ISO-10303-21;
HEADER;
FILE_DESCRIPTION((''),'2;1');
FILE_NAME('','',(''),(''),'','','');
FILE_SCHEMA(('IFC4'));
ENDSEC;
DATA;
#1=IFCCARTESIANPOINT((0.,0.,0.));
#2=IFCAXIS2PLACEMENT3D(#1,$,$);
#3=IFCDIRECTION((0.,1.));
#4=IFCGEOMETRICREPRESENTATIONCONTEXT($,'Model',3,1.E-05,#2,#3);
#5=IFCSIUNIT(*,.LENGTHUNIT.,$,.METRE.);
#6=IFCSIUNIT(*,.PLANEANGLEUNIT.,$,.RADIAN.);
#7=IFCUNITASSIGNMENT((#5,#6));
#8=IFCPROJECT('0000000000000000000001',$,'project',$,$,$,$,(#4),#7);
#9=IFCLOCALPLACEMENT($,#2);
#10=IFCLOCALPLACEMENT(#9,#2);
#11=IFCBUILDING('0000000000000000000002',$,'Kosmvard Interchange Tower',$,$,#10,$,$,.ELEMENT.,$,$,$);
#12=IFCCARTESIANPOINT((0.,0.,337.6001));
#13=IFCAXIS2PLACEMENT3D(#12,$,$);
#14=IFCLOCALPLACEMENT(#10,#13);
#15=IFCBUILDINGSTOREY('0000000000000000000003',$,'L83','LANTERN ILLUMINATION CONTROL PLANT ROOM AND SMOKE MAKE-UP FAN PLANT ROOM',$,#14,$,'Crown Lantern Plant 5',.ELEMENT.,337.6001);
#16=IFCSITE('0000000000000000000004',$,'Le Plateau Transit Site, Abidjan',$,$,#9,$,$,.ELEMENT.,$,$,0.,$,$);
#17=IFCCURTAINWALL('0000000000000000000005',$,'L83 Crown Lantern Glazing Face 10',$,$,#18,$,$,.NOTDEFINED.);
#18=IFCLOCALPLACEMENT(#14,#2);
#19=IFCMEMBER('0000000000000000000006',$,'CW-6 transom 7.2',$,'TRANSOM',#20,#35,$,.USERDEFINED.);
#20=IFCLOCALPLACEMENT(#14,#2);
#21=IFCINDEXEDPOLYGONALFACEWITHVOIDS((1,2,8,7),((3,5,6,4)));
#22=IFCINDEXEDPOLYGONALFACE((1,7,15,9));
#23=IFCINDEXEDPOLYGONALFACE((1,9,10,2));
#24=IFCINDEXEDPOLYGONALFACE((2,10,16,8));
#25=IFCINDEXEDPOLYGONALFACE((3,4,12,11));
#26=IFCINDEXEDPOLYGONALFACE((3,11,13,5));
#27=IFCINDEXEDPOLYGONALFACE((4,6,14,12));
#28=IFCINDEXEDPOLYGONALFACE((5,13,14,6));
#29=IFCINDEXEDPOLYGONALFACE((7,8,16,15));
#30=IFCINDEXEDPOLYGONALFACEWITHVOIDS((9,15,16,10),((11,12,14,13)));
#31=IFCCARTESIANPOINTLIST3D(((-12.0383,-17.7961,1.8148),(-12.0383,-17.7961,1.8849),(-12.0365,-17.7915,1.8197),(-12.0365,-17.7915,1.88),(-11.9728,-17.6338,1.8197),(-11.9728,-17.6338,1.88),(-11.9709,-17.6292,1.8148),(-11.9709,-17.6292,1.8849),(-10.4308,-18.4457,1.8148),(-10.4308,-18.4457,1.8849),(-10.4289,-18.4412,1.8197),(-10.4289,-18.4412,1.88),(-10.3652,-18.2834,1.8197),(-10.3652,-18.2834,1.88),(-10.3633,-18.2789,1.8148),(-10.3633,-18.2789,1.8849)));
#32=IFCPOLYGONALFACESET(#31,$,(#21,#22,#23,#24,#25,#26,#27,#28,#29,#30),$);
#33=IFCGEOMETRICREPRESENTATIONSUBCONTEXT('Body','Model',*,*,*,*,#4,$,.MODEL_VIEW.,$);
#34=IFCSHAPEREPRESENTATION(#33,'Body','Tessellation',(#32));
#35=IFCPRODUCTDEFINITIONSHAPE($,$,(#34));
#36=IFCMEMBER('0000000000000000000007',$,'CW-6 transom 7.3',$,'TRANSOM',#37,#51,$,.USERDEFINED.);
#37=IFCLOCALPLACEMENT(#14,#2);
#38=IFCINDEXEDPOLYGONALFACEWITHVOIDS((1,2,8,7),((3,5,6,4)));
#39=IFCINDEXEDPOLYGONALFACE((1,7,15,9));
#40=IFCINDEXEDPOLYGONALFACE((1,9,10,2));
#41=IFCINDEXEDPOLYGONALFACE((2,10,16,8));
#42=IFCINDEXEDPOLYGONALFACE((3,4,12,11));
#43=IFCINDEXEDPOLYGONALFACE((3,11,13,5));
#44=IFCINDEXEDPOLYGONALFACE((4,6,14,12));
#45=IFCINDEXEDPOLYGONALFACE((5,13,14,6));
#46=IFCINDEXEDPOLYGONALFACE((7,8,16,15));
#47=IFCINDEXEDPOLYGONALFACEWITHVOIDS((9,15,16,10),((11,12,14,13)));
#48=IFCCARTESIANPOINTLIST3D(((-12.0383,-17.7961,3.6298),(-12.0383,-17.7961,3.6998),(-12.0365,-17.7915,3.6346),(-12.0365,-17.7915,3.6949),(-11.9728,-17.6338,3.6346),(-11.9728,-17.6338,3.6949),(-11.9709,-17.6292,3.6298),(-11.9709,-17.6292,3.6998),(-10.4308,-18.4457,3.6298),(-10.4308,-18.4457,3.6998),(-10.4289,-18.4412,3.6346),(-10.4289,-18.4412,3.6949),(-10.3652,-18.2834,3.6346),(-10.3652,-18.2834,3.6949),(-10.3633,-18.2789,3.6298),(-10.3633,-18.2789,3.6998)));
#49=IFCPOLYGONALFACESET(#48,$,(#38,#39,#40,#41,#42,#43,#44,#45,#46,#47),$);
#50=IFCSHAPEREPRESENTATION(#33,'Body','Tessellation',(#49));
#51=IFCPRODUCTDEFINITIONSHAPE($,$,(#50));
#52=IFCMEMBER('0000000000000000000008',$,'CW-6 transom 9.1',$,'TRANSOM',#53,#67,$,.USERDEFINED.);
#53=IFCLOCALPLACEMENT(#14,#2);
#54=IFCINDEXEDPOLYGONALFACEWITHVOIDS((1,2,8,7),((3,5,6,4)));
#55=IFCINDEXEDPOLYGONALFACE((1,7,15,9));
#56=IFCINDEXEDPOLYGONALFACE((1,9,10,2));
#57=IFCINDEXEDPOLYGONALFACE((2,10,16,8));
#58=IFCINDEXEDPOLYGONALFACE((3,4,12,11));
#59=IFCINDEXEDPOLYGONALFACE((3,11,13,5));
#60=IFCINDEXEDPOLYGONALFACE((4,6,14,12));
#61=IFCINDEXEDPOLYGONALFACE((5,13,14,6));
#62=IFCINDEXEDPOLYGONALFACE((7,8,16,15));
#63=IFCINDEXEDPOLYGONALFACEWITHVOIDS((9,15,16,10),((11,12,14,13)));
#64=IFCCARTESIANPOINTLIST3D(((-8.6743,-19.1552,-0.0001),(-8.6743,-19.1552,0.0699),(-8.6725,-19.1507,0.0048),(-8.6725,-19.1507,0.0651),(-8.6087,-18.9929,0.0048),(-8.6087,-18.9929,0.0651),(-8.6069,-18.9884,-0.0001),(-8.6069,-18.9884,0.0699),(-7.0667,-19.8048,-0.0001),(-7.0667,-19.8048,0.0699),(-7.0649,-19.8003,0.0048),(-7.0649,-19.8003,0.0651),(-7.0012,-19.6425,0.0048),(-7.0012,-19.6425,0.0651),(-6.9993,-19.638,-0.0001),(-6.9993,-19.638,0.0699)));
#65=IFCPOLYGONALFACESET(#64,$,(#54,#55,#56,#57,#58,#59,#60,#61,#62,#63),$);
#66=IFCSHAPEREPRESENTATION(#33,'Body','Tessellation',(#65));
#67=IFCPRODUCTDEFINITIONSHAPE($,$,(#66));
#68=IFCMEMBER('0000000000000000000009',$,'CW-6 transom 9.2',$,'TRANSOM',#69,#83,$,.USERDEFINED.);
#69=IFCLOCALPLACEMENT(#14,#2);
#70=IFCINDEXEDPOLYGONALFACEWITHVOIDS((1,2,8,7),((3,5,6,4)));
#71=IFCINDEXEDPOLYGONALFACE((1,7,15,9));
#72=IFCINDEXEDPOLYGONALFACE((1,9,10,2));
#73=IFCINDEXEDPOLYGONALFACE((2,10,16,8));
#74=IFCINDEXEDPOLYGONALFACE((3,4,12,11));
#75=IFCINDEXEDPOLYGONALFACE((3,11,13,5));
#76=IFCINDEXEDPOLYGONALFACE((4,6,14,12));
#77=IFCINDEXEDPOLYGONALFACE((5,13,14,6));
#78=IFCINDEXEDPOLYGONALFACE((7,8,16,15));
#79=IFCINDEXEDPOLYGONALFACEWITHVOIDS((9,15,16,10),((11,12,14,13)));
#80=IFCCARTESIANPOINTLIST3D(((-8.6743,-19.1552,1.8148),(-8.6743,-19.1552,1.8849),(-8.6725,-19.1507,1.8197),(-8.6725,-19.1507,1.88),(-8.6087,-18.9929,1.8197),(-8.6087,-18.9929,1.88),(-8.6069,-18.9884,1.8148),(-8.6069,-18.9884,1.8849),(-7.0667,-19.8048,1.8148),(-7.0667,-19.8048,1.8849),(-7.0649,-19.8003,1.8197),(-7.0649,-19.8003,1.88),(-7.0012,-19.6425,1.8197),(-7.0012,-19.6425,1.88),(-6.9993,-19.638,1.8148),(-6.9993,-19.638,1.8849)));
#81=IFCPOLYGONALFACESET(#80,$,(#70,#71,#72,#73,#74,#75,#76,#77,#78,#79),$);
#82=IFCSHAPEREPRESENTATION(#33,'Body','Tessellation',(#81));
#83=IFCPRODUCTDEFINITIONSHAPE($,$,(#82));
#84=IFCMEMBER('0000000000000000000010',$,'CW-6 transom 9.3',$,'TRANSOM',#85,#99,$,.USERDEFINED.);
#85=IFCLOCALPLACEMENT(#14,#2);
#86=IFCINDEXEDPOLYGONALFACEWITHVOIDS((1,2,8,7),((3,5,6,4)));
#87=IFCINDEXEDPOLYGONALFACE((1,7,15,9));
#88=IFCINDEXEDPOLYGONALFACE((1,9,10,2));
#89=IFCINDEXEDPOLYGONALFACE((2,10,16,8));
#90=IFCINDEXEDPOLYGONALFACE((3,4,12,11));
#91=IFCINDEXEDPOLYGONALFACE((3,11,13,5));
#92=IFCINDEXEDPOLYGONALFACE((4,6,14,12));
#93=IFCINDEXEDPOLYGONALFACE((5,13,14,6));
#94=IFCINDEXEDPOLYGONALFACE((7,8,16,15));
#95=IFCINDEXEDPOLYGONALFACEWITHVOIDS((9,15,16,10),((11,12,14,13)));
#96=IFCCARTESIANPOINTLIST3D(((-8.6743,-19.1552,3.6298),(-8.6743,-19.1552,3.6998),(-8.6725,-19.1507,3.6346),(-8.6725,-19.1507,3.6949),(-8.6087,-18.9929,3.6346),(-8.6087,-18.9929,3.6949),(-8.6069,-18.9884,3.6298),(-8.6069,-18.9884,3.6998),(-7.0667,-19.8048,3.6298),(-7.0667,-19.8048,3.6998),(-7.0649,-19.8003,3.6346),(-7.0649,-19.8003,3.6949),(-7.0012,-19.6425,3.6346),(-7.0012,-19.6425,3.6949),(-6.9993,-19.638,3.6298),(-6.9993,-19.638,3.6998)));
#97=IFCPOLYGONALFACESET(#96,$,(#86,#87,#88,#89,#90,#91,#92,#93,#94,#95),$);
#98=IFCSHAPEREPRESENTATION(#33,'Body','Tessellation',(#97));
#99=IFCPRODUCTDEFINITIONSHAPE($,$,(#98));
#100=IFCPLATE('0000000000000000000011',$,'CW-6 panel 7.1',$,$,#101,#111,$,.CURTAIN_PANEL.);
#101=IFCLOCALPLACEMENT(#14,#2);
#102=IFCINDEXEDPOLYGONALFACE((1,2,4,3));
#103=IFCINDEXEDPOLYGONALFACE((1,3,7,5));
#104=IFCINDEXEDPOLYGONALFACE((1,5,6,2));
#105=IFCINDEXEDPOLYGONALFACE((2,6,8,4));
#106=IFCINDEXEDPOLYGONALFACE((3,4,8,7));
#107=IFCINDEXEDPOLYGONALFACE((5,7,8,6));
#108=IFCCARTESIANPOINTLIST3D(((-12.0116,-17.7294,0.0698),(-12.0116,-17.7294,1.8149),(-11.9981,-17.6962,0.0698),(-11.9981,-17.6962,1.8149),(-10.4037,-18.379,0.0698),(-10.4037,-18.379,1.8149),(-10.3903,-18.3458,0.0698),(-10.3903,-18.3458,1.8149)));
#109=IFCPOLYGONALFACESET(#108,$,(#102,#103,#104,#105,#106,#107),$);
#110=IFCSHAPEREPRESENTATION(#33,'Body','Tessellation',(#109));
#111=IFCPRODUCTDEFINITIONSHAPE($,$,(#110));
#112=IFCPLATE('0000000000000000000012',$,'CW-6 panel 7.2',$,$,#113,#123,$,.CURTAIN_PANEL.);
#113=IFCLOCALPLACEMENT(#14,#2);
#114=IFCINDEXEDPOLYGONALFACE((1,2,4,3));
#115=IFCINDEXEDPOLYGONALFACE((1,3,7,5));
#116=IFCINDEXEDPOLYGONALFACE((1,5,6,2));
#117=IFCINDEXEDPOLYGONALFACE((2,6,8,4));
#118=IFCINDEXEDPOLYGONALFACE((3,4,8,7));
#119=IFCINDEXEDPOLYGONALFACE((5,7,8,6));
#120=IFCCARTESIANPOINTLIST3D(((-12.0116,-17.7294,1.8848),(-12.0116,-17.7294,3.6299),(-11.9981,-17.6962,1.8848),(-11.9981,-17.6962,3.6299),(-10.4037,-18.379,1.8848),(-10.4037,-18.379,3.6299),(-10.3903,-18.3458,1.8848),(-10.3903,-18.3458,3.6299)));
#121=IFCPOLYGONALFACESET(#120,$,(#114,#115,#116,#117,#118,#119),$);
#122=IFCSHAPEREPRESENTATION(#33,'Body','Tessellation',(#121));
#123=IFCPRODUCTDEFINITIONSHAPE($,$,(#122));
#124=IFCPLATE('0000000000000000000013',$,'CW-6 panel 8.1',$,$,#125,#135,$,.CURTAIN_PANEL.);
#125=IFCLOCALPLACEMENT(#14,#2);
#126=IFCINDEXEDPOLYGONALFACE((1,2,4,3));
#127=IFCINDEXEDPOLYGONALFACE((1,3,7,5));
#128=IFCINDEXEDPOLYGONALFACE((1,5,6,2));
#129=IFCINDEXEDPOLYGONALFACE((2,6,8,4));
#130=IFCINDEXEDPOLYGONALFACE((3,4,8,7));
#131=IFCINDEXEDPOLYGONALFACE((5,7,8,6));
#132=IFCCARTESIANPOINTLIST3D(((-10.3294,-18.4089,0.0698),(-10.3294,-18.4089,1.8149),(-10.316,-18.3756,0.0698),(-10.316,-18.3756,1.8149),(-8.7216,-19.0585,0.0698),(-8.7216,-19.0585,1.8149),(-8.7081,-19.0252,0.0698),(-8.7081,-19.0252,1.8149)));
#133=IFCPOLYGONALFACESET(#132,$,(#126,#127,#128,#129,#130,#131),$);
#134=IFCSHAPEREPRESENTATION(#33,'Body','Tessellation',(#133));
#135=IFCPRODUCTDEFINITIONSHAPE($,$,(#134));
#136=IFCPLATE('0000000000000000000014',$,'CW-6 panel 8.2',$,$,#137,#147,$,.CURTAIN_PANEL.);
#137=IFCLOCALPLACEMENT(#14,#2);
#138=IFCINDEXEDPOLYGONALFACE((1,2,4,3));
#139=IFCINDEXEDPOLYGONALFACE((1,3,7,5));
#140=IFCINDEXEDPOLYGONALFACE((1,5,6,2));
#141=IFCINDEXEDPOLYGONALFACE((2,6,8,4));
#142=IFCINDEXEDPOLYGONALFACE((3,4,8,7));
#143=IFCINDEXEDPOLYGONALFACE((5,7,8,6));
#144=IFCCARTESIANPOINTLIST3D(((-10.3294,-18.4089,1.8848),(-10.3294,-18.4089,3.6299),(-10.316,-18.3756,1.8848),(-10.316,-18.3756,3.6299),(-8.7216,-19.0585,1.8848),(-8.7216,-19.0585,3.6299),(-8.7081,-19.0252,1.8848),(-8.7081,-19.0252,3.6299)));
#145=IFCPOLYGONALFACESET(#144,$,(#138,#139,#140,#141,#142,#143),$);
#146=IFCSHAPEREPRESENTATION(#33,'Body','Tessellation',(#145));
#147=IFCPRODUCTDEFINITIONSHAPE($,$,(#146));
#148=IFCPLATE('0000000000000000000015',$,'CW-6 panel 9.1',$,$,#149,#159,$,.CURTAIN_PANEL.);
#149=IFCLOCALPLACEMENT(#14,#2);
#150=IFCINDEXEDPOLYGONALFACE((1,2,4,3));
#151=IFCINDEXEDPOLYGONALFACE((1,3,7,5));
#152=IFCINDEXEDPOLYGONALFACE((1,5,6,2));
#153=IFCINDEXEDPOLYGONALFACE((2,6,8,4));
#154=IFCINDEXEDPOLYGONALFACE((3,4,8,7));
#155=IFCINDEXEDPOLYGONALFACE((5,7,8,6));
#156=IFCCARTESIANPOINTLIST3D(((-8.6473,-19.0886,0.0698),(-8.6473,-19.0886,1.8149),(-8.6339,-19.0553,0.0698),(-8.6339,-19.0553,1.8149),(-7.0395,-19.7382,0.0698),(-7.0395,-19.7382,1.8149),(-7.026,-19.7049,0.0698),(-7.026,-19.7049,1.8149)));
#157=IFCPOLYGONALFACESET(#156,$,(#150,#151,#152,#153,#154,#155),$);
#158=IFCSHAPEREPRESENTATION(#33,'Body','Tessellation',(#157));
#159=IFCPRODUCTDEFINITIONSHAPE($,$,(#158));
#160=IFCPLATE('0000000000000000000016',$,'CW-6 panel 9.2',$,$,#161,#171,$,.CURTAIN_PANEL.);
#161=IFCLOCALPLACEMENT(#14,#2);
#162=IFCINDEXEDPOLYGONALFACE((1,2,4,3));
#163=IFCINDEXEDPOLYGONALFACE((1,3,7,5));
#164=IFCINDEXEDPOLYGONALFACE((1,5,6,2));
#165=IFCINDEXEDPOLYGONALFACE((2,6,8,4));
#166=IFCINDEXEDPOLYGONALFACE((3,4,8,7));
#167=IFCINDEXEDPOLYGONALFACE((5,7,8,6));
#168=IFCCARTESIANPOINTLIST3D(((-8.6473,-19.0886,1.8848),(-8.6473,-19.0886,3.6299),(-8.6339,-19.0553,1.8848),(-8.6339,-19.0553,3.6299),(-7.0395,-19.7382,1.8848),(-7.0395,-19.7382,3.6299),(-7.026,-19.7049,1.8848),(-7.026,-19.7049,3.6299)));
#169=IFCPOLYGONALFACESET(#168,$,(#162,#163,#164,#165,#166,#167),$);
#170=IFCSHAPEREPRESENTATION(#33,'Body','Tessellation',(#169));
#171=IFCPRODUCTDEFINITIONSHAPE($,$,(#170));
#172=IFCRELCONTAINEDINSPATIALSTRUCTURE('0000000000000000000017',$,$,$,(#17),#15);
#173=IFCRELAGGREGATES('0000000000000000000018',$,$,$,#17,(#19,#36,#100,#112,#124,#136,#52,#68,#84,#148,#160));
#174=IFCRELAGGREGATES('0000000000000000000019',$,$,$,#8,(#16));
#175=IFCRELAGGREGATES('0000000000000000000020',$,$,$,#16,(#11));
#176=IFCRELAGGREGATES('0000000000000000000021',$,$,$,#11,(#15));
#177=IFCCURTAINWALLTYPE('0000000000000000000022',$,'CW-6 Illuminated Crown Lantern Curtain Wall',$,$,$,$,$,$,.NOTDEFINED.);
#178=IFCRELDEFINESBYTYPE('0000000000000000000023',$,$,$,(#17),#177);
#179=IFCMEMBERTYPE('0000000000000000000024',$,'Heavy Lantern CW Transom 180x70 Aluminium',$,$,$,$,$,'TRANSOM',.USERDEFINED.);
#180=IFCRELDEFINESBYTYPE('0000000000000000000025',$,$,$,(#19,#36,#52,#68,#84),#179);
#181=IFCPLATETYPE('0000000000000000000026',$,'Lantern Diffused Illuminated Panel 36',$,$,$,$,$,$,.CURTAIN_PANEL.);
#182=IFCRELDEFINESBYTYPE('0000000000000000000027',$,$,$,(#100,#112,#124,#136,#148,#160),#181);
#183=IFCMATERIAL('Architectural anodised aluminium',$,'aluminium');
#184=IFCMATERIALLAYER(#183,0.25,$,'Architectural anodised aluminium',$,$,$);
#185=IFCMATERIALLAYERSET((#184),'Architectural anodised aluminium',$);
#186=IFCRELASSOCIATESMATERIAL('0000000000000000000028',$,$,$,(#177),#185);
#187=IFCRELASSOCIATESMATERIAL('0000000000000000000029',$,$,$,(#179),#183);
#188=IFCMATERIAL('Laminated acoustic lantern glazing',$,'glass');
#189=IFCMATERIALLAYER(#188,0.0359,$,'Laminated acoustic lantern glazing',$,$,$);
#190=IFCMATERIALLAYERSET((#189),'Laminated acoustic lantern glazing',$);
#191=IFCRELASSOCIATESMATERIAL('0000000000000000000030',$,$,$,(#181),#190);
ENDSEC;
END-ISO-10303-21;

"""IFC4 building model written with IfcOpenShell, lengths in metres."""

from ifc_helpers import new_model, si_unit, direction, frame, origin, origin_2d, place, context, subcontext, project, spatial, rectangle, hollow_rectangle, extrude, source, transform, mapped, material, layer, layer_set, material_profile, profile_set, type_object, element, aggregate, save


model = new_model("IFC4")

# Units and contexts
model_context = context("Model", 3, precision=1e-05, world=origin(), true_north=direction((0.0, 1.0)))
body_context = subcontext(model_context, "Body", "Model", "MODEL_VIEW")
ifc_project = project(units=[si_unit("LENGTHUNIT", "METRE"), si_unit("PLANEANGLEUNIT", "RADIAN")], contexts=[model_context])

# Site, building, storey
site_placement = place(None, origin())
site = spatial("IfcSite", under=ifc_project, at=site_placement, Name="Le Plateau Transit Site, Abidjan", CompositionType="ELEMENT", RefElevation=0.0)
building_placement = place(site_placement, origin())
building = spatial("IfcBuilding", under=site, at=building_placement, Name="Kosmvard Interchange Tower", CompositionType="ELEMENT")
storey_placement = place(building_placement, frame((0.0, 0.0, 337.6001)))
storey = spatial("IfcBuildingStorey", under=building, at=storey_placement, Name="L83", Description="LANTERN ILLUMINATION CONTROL PLANT ROOM AND SMOKE MAKE-UP FAN PLANT ROOM", LongName="Crown Lantern Plant 5", CompositionType="ELEMENT", Elevation=337.6001)

# Curtain wall, members, plates
ifc_material_1 = material(Name="Architectural anodised aluminium", Category="aluminium")
ifc_layer_1 = layer(ifc_material_1, 0.25, Name="Architectural anodised aluminium")
ifc_layer_set_1 = layer_set([ifc_layer_1], Name="Architectural anodised aluminium")
curtain_wall_type = type_object("IfcCurtainWallType", Name="CW-6 Illuminated Crown Lantern Curtain Wall", PredefinedType="NOTDEFINED", material=ifc_layer_set_1)
curtain_wall_placement = place(storey_placement, origin())
curtain_wall = element("IfcCurtainWall", 1, at=curtain_wall_placement, inside=storey, type_object=curtain_wall_type, Name="L83 Crown Lantern Glazing Face 10", PredefinedType="NOTDEFINED")
ifc_material_profile_1 = material_profile(ifc_material_1, hollow_rectangle(XDim=0.1799, YDim=0.0701, WallThickness=0.0049, at=origin_2d()), Name="CWT 180x70x5")
ifc_profile_set_1 = profile_set([ifc_material_profile_1], Name="Architectural anodised aluminium")
member_type_1 = type_object("IfcMemberType", Name="Heavy Lantern CW Transom 180x70 Aluminium", ElementType="TRANSOM", PredefinedType="USERDEFINED", material=ifc_profile_set_1)
shared_shape_1 = source(origin(), body_context, "Body", "SweptSolid", [
    extrude(hollow_rectangle(XDim=0.1799, YDim=0.0701, WallThickness=0.0049, at=origin_2d()), origin(), (0.0, 0.0, 1.0), 1.7339),
])
member_1_placement = place(storey_placement, frame((-12.0046, -17.7126, 1.8499), z_axis=(0.92716, -0.374666, 0.0), x_axis=(0.374666, 0.92716, 0.0)))
member_1 = element("IfcMember", 2, at=member_1_placement, type_object=member_type_1, Name="CW-6 transom 7.2", ObjectType="TRANSOM", PredefinedType="USERDEFINED", context=body_context, shape_type="MappedRepresentation", body=[
    mapped(shared_shape_1, transform((0.0, 0.0, 0.0), scale=1.0)),
])
member_2_placement = place(storey_placement, frame((-12.0046, -17.7126, 3.6648), z_axis=(0.92716, -0.374666, 0.0), x_axis=(0.374666, 0.92716, 0.0)))
member_2 = element("IfcMember", 3, at=member_2_placement, type_object=member_type_1, Name="CW-6 transom 7.3", ObjectType="TRANSOM", PredefinedType="USERDEFINED", context=body_context, shape_type="MappedRepresentation", body=[
    mapped(shared_shape_1, transform((0.0, 0.0, 0.0), scale=1.0)),
])
member_3_placement = place(storey_placement, frame((-8.6406, -19.0718, 0.0349), z_axis=(0.92716, -0.374666, 0.0), x_axis=(0.374666, 0.92716, 0.0)))
member_3 = element("IfcMember", 4, at=member_3_placement, type_object=member_type_1, Name="CW-6 transom 9.1", ObjectType="TRANSOM", PredefinedType="USERDEFINED", context=body_context, shape_type="MappedRepresentation", body=[
    mapped(shared_shape_1, transform((0.0, 0.0, 0.0), scale=1.0)),
])
member_4_placement = place(storey_placement, frame((-8.6406, -19.0718, 1.8499), z_axis=(0.92716, -0.374666, 0.0), x_axis=(0.374666, 0.92716, 0.0)))
member_4 = element("IfcMember", 5, at=member_4_placement, type_object=member_type_1, Name="CW-6 transom 9.2", ObjectType="TRANSOM", PredefinedType="USERDEFINED", context=body_context, shape_type="MappedRepresentation", body=[
    mapped(shared_shape_1, transform((0.0, 0.0, 0.0), scale=1.0)),
])
member_5_placement = place(storey_placement, frame((-8.6406, -19.0718, 3.6648), z_axis=(0.92716, -0.374666, 0.0), x_axis=(0.374666, 0.92716, 0.0)))
member_5 = element("IfcMember", 6, at=member_5_placement, type_object=member_type_1, Name="CW-6 transom 9.3", ObjectType="TRANSOM", PredefinedType="USERDEFINED", context=body_context, shape_type="MappedRepresentation", body=[
    mapped(shared_shape_1, transform((0.0, 0.0, 0.0), scale=1.0)),
])
ifc_material_2 = material(Name="Laminated acoustic lantern glazing", Category="glass")
ifc_layer_2 = layer(ifc_material_2, 0.0359, Name="Laminated acoustic lantern glazing")
ifc_layer_set_2 = layer_set([ifc_layer_2], Name="Laminated acoustic lantern glazing")
plate_type = type_object("IfcPlateType", Name="Lantern Diffused Illuminated Panel 36", PredefinedType="CURTAIN_PANEL", material=ifc_layer_set_2)
shared_shape_2 = source(origin(), body_context, "Body", "SweptSolid", [
    extrude(rectangle(XDim=1.7341, YDim=0.0359, at=origin_2d()), origin(), (0.0, 0.0, 1.0), 1.7451),
])
plate_1_placement = place(storey_placement, frame((-11.2009, -18.0376, 0.0698), z_axis=(0.0, 0.0, 1.0), x_axis=(0.927184, -0.374607, 0.0)))
plate_1 = element("IfcPlate", 7, at=plate_1_placement, type_object=plate_type, Name="CW-6 panel 7.1", PredefinedType="CURTAIN_PANEL", context=body_context, shape_type="MappedRepresentation", body=[
    mapped(shared_shape_2, transform((0.0, 0.0, 0.0), scale=1.0)),
])
plate_2_placement = place(storey_placement, frame((-11.2009, -18.0376, 1.8848), z_axis=(0.0, 0.0, 1.0), x_axis=(0.927184, -0.374607, 0.0)))
plate_2 = element("IfcPlate", 8, at=plate_2_placement, type_object=plate_type, Name="CW-6 panel 7.2", PredefinedType="CURTAIN_PANEL", context=body_context, shape_type="MappedRepresentation", body=[
    mapped(shared_shape_2, transform((0.0, 0.0, 0.0), scale=1.0)),
])
plate_3_placement = place(storey_placement, frame((-9.5188, -18.717, 0.0698), z_axis=(0.0, 0.0, 1.0), x_axis=(0.927184, -0.374607, 0.0)))
plate_3 = element("IfcPlate", 9, at=plate_3_placement, type_object=plate_type, Name="CW-6 panel 8.1", PredefinedType="CURTAIN_PANEL", context=body_context, shape_type="MappedRepresentation", body=[
    mapped(shared_shape_2, transform((0.0, 0.0, 0.0), scale=1.0)),
])
plate_4_placement = place(storey_placement, frame((-9.5188, -18.717, 1.8848), z_axis=(0.0, 0.0, 1.0), x_axis=(0.927184, -0.374607, 0.0)))
plate_4 = element("IfcPlate", 10, at=plate_4_placement, type_object=plate_type, Name="CW-6 panel 8.2", PredefinedType="CURTAIN_PANEL", context=body_context, shape_type="MappedRepresentation", body=[
    mapped(shared_shape_2, transform((0.0, 0.0, 0.0), scale=1.0)),
])
plate_5_placement = place(storey_placement, frame((-7.8367, -19.3967, 0.0698), z_axis=(0.0, 0.0, 1.0), x_axis=(0.927184, -0.374607, 0.0)))
plate_5 = element("IfcPlate", 11, at=plate_5_placement, type_object=plate_type, Name="CW-6 panel 9.1", PredefinedType="CURTAIN_PANEL", context=body_context, shape_type="MappedRepresentation", body=[
    mapped(shared_shape_2, transform((0.0, 0.0, 0.0), scale=1.0)),
])
plate_6_placement = place(storey_placement, frame((-7.8367, -19.3967, 1.8848), z_axis=(0.0, 0.0, 1.0), x_axis=(0.927184, -0.374607, 0.0)))
plate_6 = element("IfcPlate", 12, at=plate_6_placement, type_object=plate_type, Name="CW-6 panel 9.2", PredefinedType="CURTAIN_PANEL", context=body_context, shape_type="MappedRepresentation", body=[
    mapped(shared_shape_2, transform((0.0, 0.0, 0.0), scale=1.0)),
])
aggregate(curtain_wall, [member_1, member_2, plate_1, plate_2, plate_3, plate_4, member_3, member_4, member_5, plate_5, plate_6])

save(model, "model.ifc")
